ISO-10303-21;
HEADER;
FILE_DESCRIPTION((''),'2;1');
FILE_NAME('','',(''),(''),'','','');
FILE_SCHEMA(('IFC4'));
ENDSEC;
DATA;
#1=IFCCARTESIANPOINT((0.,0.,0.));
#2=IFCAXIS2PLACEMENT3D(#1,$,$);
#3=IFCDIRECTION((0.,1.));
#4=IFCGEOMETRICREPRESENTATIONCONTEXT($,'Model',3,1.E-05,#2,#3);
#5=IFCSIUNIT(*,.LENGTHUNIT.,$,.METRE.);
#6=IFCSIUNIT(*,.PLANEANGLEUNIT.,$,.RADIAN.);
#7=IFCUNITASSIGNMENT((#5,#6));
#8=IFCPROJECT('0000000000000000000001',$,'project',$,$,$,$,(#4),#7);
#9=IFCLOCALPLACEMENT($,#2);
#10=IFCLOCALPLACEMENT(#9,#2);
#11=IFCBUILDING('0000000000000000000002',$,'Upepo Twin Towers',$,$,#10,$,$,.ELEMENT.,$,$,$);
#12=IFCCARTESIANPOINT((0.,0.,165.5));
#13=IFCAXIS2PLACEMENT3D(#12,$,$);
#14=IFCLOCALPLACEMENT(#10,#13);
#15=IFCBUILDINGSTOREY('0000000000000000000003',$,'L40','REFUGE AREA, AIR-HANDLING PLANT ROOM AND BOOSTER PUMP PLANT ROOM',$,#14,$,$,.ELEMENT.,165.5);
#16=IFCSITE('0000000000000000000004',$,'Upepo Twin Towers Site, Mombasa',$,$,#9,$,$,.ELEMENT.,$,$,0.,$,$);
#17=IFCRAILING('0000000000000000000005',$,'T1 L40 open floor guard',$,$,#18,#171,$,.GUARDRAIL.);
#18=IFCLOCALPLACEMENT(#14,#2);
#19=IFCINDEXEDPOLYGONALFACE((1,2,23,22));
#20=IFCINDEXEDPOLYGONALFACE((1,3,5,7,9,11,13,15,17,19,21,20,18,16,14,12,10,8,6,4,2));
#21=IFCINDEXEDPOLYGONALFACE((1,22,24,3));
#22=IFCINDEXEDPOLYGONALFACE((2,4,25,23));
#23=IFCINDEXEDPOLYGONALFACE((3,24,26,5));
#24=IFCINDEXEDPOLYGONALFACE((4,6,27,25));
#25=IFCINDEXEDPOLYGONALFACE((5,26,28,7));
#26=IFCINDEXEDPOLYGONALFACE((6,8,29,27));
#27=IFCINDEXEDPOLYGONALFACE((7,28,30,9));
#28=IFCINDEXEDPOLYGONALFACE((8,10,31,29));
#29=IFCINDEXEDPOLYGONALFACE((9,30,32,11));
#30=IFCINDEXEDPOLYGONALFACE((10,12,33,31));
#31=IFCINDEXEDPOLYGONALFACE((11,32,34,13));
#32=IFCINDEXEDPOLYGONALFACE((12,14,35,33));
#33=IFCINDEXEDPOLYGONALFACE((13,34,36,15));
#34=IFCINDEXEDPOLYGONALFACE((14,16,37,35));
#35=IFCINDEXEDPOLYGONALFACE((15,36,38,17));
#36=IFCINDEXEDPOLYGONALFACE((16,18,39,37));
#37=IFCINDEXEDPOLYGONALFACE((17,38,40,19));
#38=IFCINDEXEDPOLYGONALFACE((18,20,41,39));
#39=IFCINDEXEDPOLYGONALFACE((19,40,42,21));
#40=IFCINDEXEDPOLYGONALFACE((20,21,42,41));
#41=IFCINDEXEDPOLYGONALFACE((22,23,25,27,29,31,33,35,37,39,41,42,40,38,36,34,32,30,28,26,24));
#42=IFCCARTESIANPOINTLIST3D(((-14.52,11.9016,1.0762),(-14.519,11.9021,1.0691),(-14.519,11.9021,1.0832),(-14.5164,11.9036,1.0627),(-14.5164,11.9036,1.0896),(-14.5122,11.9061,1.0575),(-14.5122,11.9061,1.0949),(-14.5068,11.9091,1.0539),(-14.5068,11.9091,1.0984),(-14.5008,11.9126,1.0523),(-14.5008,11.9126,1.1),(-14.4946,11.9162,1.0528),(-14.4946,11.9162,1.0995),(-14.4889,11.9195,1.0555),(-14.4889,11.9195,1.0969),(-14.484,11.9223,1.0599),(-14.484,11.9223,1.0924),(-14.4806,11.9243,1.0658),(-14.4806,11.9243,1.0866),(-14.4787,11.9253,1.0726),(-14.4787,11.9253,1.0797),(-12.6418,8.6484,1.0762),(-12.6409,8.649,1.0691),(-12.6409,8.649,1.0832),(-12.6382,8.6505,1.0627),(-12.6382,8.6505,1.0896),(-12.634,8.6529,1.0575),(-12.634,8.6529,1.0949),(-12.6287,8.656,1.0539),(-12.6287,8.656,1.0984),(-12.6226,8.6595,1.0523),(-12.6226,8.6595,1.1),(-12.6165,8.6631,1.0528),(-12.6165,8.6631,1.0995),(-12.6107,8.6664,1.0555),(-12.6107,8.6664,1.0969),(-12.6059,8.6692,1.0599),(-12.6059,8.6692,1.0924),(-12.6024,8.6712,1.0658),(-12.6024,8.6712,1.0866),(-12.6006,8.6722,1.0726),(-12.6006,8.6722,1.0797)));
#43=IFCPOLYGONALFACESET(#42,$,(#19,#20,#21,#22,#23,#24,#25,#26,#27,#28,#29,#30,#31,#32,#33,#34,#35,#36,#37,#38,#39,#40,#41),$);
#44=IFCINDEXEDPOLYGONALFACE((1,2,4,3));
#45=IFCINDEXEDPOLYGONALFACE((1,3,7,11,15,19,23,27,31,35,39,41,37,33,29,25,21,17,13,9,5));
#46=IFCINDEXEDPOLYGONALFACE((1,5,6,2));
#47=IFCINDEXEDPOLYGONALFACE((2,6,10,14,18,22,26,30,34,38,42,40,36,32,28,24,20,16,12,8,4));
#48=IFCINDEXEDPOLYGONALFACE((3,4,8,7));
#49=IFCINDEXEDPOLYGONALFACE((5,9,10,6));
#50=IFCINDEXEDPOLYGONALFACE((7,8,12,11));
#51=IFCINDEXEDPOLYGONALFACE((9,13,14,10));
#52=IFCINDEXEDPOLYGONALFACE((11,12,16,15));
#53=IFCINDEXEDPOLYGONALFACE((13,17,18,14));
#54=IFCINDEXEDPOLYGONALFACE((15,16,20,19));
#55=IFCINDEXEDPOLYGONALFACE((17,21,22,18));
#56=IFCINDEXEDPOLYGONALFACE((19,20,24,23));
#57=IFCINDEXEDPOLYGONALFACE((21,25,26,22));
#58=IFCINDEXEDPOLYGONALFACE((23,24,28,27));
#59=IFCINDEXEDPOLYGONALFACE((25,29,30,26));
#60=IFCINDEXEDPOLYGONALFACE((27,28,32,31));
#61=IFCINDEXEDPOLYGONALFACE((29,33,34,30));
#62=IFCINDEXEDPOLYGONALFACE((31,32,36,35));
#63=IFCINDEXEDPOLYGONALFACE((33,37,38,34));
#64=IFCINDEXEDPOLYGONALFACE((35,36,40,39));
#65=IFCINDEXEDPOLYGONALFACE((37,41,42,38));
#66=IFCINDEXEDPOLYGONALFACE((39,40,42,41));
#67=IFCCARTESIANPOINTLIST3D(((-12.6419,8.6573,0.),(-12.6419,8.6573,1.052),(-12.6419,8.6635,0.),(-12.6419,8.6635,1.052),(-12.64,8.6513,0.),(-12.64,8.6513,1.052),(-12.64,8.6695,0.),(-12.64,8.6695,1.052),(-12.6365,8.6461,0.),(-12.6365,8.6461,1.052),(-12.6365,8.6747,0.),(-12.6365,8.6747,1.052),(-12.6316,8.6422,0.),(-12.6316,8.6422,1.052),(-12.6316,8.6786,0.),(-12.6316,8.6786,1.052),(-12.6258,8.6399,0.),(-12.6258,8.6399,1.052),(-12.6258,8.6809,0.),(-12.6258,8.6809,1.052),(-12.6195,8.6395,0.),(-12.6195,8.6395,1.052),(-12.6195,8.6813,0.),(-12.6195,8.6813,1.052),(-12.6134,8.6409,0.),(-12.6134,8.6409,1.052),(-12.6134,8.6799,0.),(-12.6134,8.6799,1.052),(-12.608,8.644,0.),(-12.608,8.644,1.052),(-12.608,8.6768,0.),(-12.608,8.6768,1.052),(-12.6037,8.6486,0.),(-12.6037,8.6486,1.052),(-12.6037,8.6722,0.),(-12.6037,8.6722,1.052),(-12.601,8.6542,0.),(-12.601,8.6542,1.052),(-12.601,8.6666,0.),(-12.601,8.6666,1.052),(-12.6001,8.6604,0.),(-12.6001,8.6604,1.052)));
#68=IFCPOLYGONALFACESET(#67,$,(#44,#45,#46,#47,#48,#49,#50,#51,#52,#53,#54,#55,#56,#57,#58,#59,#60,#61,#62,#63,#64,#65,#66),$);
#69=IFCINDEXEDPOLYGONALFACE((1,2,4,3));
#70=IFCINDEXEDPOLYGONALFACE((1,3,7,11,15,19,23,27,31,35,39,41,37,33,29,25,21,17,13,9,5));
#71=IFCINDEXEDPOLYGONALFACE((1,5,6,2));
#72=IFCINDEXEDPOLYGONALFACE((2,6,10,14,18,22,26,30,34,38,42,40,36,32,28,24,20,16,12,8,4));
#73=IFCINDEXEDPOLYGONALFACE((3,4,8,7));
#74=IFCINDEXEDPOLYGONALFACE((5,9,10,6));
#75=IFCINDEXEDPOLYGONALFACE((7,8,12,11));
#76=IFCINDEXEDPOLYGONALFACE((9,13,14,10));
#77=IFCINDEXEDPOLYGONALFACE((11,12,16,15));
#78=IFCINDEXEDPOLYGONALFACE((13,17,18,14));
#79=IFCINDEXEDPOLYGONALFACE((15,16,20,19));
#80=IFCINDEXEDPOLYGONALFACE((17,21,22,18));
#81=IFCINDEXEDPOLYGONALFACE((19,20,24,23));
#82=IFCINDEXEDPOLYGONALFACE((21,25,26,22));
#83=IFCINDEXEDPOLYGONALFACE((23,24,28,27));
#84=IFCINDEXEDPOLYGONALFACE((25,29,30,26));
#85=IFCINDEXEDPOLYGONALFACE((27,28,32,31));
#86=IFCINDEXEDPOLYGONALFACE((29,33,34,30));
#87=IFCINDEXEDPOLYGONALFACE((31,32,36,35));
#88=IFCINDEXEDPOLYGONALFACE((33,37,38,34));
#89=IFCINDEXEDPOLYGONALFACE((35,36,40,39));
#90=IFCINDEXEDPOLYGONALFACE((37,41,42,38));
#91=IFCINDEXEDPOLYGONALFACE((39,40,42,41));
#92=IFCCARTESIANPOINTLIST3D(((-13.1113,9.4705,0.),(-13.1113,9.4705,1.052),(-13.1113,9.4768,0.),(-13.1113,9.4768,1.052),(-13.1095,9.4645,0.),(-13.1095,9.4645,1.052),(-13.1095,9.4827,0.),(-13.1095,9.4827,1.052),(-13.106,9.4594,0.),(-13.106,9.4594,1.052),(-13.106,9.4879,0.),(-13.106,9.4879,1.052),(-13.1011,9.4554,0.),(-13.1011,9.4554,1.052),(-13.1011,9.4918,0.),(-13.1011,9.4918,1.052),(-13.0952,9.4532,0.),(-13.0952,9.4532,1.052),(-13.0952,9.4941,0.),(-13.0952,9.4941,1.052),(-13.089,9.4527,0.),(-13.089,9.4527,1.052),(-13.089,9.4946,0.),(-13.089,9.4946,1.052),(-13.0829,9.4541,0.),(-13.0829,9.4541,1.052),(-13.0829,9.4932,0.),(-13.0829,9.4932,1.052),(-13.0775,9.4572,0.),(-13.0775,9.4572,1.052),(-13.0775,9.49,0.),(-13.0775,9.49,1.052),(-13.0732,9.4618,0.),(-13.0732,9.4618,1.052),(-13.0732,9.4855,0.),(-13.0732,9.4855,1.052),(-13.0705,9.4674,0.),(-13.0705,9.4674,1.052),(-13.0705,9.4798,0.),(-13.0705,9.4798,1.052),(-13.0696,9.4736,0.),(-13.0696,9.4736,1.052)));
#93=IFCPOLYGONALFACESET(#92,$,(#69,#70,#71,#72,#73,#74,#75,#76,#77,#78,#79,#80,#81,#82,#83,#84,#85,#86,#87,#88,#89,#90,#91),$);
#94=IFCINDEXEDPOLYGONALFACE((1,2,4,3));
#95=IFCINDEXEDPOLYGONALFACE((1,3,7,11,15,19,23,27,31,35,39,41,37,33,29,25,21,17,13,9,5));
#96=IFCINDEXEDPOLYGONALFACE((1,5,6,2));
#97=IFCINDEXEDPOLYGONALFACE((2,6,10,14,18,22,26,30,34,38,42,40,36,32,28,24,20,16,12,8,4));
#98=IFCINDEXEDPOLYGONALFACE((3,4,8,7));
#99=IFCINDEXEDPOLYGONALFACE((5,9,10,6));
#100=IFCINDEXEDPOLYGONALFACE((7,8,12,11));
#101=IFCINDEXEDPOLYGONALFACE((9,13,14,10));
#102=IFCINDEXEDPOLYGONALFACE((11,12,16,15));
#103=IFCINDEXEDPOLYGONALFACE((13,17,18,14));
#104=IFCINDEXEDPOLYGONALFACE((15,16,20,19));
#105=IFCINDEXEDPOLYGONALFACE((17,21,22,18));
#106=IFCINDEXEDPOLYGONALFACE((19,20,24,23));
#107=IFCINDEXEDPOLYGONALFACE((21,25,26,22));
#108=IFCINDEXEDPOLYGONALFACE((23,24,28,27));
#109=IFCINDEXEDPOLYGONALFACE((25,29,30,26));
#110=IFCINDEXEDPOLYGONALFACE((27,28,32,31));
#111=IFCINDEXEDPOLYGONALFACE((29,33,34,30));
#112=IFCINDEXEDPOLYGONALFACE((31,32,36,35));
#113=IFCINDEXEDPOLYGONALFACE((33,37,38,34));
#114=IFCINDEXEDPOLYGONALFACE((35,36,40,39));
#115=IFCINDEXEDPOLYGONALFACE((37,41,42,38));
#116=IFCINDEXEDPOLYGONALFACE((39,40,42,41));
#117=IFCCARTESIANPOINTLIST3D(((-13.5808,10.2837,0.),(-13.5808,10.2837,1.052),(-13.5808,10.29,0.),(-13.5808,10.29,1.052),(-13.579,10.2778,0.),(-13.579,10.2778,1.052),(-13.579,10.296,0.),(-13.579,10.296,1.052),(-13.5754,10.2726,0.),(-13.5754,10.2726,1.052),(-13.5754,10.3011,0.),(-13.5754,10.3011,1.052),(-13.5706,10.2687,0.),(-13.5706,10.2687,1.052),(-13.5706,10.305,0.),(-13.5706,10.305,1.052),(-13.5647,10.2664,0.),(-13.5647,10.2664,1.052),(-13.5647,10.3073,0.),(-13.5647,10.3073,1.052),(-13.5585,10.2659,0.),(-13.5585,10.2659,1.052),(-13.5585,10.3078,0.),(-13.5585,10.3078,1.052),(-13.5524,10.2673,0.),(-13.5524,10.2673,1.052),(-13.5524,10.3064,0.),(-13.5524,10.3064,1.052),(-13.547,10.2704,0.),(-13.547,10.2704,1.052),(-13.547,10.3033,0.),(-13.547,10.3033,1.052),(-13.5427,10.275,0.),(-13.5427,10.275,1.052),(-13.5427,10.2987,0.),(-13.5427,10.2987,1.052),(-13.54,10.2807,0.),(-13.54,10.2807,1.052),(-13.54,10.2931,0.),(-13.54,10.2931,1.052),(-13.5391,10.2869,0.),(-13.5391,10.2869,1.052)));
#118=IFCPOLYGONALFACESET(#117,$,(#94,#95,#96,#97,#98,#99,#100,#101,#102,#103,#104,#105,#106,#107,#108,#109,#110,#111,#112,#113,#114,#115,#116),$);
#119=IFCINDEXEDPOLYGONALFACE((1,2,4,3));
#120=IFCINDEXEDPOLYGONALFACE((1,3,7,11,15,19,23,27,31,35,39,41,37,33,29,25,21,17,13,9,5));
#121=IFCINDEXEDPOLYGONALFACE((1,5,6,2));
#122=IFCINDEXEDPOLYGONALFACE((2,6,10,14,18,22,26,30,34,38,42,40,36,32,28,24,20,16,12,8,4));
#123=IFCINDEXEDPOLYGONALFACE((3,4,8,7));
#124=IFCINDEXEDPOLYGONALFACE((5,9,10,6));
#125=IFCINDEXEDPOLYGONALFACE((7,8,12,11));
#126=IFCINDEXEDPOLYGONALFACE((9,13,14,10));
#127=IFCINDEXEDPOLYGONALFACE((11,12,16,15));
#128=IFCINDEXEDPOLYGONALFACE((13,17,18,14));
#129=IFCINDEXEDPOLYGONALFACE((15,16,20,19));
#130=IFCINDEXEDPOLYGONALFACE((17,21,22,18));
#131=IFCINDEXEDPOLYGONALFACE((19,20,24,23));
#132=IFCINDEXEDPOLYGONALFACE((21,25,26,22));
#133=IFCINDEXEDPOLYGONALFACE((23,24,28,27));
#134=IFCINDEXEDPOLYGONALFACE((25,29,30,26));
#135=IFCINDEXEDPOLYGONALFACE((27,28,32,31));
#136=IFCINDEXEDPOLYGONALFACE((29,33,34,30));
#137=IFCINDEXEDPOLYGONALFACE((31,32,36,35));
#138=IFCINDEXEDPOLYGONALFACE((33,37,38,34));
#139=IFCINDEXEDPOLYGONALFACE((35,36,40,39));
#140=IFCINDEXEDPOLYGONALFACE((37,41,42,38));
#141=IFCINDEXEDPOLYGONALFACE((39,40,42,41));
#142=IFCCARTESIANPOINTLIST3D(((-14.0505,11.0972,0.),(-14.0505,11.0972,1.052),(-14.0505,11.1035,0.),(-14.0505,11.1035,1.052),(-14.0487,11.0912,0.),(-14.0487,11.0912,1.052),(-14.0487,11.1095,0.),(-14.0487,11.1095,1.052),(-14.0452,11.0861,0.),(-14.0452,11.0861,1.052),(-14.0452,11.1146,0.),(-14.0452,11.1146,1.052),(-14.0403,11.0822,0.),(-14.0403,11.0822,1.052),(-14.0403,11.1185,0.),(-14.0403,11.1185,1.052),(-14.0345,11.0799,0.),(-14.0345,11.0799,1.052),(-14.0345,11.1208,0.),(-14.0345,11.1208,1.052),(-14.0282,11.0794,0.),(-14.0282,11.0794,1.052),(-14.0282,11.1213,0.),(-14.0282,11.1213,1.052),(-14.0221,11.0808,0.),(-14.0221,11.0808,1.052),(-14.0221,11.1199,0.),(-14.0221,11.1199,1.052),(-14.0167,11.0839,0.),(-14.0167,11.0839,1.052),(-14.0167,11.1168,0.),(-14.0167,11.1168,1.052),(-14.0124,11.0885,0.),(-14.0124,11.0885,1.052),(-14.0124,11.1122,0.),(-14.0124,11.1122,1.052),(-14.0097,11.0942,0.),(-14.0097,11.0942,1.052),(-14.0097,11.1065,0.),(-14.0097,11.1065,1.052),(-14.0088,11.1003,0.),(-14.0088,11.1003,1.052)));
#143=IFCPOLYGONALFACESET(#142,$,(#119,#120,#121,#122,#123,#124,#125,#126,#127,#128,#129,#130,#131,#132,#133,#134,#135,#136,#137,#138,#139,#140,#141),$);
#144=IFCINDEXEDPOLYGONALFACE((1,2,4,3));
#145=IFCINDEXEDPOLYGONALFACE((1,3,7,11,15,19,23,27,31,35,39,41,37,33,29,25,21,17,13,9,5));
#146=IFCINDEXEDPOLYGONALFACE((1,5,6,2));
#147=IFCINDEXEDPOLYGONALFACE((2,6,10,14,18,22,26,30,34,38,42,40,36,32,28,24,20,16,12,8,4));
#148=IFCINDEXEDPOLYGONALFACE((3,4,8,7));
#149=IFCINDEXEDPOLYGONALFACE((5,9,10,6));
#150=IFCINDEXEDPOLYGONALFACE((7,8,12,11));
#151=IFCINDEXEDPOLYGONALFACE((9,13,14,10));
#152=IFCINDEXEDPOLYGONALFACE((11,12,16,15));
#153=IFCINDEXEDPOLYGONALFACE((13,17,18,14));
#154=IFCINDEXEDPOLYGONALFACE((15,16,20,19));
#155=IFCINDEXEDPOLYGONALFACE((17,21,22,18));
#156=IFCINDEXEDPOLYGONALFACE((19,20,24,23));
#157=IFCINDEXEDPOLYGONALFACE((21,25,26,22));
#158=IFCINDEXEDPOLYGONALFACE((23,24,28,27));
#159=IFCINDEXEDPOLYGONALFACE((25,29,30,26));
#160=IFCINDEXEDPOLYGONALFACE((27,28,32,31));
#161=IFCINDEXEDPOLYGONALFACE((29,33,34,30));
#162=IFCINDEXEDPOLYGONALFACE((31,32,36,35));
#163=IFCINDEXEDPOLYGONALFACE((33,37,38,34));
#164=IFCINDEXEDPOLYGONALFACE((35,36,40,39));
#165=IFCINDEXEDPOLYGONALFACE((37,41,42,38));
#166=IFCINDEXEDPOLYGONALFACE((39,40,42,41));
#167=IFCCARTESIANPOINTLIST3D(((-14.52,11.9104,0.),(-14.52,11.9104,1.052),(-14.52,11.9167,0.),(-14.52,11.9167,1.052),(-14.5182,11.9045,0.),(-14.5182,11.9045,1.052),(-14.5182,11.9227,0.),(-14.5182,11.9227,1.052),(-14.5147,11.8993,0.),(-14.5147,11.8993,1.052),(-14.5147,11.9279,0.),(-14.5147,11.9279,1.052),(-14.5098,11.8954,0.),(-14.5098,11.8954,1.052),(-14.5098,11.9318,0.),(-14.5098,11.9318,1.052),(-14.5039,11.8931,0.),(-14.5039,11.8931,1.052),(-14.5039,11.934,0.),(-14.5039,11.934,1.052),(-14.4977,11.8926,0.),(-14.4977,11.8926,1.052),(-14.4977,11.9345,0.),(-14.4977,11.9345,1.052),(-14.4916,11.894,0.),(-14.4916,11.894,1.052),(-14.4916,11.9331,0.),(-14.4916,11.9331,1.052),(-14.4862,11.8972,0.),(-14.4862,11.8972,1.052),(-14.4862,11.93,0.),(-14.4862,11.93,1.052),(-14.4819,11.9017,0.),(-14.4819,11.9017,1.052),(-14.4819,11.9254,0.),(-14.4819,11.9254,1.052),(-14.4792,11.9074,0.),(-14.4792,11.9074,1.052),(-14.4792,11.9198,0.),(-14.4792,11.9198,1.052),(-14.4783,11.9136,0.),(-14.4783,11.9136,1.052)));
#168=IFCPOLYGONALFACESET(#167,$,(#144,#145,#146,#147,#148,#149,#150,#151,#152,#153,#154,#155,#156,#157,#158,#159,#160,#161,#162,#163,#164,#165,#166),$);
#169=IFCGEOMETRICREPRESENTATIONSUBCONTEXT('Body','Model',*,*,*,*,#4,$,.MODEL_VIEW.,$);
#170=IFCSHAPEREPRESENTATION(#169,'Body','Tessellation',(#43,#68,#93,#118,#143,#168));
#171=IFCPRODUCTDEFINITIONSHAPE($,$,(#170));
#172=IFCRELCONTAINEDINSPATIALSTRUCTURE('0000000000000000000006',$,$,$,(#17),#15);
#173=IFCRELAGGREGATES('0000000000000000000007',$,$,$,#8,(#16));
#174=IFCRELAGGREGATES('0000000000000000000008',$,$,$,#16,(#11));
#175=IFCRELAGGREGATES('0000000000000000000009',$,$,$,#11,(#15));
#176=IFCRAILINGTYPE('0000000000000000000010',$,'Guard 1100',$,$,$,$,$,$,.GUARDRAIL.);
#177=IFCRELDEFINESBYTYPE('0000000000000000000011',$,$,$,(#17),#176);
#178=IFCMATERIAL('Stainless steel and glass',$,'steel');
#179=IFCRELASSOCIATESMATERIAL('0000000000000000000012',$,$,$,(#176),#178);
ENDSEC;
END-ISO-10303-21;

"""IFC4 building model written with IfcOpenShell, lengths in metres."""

from ifc_helpers import new_model, si_unit, direction, frame, origin, origin_2d, place, context, subcontext, project, spatial, circle, extrude, material, type_object, element, save


model = new_model("IFC4")

# Units and contexts
model_context = context("Model", 3, precision=1e-05, world=origin(), true_north=direction((0.0, 1.0)))
body_context = subcontext(model_context, "Body", "Model", "MODEL_VIEW")
ifc_project = project(units=[si_unit("LENGTHUNIT", "METRE"), si_unit("PLANEANGLEUNIT", "RADIAN")], contexts=[model_context])

# Site, building, storey
site_placement = place(None, origin())
site = spatial("IfcSite", under=ifc_project, at=site_placement, Name="Upepo Twin Towers Site, Mombasa", CompositionType="ELEMENT", RefElevation=0.0)
building_placement = place(site_placement, origin())
building = spatial("IfcBuilding", under=site, at=building_placement, Name="Upepo Twin Towers", CompositionType="ELEMENT")
storey_placement = place(building_placement, frame((0.0, 0.0, 165.5)))
storey = spatial("IfcBuildingStorey", under=building, at=storey_placement, Name="L40", Description="REFUGE AREA, AIR-HANDLING PLANT ROOM AND BOOSTER PUMP PLANT ROOM", CompositionType="ELEMENT", Elevation=165.5)

# Railing
ifc_material_1 = material(Name="Stainless steel and glass", Category="steel")
railing_type_1 = type_object("IfcRailingType", Name="Guard 1100", PredefinedType="GUARDRAIL", material=ifc_material_1)
railing_1_placement = place(storey_placement, frame((-12.6211, 8.6604, 0.0)))
element("IfcRailing", 1, at=railing_1_placement, inside=storey, type_object=railing_type_1, Name="T1 L40 open floor guard", PredefinedType="GUARDRAIL", context=body_context, shape_type="SweptSolid", body=[
    extrude(circle(Radius=0.0239, at=origin_2d()), frame((0.0, 0.0, 1.0762), z_axis=(-0.499991, 0.866031, 0.0), x_axis=(-0.866031, -0.499991, 0.0)), (0.0, 0.0, 1.0), 3.7563),
    extrude(circle(Radius=0.021, at=origin_2d()), origin(), (0.0, 0.0, 1.0), 1.052),
    extrude(circle(Radius=0.021, at=origin_2d()), frame((-0.4695, 0.8132, 0.0)), (0.0, 0.0, 1.0), 1.052),
    extrude(circle(Radius=0.021, at=origin_2d()), frame((-0.939, 1.6265, 0.0)), (0.0, 0.0, 1.0), 1.052),
    extrude(circle(Radius=0.021, at=origin_2d()), frame((-1.4087, 2.4399, 0.0)), (0.0, 0.0, 1.0), 1.052),
    extrude(circle(Radius=0.021, at=origin_2d()), frame((-1.8782, 3.2532, 0.0)), (0.0, 0.0, 1.0), 1.052),
])

save(model, "model.ifc")
